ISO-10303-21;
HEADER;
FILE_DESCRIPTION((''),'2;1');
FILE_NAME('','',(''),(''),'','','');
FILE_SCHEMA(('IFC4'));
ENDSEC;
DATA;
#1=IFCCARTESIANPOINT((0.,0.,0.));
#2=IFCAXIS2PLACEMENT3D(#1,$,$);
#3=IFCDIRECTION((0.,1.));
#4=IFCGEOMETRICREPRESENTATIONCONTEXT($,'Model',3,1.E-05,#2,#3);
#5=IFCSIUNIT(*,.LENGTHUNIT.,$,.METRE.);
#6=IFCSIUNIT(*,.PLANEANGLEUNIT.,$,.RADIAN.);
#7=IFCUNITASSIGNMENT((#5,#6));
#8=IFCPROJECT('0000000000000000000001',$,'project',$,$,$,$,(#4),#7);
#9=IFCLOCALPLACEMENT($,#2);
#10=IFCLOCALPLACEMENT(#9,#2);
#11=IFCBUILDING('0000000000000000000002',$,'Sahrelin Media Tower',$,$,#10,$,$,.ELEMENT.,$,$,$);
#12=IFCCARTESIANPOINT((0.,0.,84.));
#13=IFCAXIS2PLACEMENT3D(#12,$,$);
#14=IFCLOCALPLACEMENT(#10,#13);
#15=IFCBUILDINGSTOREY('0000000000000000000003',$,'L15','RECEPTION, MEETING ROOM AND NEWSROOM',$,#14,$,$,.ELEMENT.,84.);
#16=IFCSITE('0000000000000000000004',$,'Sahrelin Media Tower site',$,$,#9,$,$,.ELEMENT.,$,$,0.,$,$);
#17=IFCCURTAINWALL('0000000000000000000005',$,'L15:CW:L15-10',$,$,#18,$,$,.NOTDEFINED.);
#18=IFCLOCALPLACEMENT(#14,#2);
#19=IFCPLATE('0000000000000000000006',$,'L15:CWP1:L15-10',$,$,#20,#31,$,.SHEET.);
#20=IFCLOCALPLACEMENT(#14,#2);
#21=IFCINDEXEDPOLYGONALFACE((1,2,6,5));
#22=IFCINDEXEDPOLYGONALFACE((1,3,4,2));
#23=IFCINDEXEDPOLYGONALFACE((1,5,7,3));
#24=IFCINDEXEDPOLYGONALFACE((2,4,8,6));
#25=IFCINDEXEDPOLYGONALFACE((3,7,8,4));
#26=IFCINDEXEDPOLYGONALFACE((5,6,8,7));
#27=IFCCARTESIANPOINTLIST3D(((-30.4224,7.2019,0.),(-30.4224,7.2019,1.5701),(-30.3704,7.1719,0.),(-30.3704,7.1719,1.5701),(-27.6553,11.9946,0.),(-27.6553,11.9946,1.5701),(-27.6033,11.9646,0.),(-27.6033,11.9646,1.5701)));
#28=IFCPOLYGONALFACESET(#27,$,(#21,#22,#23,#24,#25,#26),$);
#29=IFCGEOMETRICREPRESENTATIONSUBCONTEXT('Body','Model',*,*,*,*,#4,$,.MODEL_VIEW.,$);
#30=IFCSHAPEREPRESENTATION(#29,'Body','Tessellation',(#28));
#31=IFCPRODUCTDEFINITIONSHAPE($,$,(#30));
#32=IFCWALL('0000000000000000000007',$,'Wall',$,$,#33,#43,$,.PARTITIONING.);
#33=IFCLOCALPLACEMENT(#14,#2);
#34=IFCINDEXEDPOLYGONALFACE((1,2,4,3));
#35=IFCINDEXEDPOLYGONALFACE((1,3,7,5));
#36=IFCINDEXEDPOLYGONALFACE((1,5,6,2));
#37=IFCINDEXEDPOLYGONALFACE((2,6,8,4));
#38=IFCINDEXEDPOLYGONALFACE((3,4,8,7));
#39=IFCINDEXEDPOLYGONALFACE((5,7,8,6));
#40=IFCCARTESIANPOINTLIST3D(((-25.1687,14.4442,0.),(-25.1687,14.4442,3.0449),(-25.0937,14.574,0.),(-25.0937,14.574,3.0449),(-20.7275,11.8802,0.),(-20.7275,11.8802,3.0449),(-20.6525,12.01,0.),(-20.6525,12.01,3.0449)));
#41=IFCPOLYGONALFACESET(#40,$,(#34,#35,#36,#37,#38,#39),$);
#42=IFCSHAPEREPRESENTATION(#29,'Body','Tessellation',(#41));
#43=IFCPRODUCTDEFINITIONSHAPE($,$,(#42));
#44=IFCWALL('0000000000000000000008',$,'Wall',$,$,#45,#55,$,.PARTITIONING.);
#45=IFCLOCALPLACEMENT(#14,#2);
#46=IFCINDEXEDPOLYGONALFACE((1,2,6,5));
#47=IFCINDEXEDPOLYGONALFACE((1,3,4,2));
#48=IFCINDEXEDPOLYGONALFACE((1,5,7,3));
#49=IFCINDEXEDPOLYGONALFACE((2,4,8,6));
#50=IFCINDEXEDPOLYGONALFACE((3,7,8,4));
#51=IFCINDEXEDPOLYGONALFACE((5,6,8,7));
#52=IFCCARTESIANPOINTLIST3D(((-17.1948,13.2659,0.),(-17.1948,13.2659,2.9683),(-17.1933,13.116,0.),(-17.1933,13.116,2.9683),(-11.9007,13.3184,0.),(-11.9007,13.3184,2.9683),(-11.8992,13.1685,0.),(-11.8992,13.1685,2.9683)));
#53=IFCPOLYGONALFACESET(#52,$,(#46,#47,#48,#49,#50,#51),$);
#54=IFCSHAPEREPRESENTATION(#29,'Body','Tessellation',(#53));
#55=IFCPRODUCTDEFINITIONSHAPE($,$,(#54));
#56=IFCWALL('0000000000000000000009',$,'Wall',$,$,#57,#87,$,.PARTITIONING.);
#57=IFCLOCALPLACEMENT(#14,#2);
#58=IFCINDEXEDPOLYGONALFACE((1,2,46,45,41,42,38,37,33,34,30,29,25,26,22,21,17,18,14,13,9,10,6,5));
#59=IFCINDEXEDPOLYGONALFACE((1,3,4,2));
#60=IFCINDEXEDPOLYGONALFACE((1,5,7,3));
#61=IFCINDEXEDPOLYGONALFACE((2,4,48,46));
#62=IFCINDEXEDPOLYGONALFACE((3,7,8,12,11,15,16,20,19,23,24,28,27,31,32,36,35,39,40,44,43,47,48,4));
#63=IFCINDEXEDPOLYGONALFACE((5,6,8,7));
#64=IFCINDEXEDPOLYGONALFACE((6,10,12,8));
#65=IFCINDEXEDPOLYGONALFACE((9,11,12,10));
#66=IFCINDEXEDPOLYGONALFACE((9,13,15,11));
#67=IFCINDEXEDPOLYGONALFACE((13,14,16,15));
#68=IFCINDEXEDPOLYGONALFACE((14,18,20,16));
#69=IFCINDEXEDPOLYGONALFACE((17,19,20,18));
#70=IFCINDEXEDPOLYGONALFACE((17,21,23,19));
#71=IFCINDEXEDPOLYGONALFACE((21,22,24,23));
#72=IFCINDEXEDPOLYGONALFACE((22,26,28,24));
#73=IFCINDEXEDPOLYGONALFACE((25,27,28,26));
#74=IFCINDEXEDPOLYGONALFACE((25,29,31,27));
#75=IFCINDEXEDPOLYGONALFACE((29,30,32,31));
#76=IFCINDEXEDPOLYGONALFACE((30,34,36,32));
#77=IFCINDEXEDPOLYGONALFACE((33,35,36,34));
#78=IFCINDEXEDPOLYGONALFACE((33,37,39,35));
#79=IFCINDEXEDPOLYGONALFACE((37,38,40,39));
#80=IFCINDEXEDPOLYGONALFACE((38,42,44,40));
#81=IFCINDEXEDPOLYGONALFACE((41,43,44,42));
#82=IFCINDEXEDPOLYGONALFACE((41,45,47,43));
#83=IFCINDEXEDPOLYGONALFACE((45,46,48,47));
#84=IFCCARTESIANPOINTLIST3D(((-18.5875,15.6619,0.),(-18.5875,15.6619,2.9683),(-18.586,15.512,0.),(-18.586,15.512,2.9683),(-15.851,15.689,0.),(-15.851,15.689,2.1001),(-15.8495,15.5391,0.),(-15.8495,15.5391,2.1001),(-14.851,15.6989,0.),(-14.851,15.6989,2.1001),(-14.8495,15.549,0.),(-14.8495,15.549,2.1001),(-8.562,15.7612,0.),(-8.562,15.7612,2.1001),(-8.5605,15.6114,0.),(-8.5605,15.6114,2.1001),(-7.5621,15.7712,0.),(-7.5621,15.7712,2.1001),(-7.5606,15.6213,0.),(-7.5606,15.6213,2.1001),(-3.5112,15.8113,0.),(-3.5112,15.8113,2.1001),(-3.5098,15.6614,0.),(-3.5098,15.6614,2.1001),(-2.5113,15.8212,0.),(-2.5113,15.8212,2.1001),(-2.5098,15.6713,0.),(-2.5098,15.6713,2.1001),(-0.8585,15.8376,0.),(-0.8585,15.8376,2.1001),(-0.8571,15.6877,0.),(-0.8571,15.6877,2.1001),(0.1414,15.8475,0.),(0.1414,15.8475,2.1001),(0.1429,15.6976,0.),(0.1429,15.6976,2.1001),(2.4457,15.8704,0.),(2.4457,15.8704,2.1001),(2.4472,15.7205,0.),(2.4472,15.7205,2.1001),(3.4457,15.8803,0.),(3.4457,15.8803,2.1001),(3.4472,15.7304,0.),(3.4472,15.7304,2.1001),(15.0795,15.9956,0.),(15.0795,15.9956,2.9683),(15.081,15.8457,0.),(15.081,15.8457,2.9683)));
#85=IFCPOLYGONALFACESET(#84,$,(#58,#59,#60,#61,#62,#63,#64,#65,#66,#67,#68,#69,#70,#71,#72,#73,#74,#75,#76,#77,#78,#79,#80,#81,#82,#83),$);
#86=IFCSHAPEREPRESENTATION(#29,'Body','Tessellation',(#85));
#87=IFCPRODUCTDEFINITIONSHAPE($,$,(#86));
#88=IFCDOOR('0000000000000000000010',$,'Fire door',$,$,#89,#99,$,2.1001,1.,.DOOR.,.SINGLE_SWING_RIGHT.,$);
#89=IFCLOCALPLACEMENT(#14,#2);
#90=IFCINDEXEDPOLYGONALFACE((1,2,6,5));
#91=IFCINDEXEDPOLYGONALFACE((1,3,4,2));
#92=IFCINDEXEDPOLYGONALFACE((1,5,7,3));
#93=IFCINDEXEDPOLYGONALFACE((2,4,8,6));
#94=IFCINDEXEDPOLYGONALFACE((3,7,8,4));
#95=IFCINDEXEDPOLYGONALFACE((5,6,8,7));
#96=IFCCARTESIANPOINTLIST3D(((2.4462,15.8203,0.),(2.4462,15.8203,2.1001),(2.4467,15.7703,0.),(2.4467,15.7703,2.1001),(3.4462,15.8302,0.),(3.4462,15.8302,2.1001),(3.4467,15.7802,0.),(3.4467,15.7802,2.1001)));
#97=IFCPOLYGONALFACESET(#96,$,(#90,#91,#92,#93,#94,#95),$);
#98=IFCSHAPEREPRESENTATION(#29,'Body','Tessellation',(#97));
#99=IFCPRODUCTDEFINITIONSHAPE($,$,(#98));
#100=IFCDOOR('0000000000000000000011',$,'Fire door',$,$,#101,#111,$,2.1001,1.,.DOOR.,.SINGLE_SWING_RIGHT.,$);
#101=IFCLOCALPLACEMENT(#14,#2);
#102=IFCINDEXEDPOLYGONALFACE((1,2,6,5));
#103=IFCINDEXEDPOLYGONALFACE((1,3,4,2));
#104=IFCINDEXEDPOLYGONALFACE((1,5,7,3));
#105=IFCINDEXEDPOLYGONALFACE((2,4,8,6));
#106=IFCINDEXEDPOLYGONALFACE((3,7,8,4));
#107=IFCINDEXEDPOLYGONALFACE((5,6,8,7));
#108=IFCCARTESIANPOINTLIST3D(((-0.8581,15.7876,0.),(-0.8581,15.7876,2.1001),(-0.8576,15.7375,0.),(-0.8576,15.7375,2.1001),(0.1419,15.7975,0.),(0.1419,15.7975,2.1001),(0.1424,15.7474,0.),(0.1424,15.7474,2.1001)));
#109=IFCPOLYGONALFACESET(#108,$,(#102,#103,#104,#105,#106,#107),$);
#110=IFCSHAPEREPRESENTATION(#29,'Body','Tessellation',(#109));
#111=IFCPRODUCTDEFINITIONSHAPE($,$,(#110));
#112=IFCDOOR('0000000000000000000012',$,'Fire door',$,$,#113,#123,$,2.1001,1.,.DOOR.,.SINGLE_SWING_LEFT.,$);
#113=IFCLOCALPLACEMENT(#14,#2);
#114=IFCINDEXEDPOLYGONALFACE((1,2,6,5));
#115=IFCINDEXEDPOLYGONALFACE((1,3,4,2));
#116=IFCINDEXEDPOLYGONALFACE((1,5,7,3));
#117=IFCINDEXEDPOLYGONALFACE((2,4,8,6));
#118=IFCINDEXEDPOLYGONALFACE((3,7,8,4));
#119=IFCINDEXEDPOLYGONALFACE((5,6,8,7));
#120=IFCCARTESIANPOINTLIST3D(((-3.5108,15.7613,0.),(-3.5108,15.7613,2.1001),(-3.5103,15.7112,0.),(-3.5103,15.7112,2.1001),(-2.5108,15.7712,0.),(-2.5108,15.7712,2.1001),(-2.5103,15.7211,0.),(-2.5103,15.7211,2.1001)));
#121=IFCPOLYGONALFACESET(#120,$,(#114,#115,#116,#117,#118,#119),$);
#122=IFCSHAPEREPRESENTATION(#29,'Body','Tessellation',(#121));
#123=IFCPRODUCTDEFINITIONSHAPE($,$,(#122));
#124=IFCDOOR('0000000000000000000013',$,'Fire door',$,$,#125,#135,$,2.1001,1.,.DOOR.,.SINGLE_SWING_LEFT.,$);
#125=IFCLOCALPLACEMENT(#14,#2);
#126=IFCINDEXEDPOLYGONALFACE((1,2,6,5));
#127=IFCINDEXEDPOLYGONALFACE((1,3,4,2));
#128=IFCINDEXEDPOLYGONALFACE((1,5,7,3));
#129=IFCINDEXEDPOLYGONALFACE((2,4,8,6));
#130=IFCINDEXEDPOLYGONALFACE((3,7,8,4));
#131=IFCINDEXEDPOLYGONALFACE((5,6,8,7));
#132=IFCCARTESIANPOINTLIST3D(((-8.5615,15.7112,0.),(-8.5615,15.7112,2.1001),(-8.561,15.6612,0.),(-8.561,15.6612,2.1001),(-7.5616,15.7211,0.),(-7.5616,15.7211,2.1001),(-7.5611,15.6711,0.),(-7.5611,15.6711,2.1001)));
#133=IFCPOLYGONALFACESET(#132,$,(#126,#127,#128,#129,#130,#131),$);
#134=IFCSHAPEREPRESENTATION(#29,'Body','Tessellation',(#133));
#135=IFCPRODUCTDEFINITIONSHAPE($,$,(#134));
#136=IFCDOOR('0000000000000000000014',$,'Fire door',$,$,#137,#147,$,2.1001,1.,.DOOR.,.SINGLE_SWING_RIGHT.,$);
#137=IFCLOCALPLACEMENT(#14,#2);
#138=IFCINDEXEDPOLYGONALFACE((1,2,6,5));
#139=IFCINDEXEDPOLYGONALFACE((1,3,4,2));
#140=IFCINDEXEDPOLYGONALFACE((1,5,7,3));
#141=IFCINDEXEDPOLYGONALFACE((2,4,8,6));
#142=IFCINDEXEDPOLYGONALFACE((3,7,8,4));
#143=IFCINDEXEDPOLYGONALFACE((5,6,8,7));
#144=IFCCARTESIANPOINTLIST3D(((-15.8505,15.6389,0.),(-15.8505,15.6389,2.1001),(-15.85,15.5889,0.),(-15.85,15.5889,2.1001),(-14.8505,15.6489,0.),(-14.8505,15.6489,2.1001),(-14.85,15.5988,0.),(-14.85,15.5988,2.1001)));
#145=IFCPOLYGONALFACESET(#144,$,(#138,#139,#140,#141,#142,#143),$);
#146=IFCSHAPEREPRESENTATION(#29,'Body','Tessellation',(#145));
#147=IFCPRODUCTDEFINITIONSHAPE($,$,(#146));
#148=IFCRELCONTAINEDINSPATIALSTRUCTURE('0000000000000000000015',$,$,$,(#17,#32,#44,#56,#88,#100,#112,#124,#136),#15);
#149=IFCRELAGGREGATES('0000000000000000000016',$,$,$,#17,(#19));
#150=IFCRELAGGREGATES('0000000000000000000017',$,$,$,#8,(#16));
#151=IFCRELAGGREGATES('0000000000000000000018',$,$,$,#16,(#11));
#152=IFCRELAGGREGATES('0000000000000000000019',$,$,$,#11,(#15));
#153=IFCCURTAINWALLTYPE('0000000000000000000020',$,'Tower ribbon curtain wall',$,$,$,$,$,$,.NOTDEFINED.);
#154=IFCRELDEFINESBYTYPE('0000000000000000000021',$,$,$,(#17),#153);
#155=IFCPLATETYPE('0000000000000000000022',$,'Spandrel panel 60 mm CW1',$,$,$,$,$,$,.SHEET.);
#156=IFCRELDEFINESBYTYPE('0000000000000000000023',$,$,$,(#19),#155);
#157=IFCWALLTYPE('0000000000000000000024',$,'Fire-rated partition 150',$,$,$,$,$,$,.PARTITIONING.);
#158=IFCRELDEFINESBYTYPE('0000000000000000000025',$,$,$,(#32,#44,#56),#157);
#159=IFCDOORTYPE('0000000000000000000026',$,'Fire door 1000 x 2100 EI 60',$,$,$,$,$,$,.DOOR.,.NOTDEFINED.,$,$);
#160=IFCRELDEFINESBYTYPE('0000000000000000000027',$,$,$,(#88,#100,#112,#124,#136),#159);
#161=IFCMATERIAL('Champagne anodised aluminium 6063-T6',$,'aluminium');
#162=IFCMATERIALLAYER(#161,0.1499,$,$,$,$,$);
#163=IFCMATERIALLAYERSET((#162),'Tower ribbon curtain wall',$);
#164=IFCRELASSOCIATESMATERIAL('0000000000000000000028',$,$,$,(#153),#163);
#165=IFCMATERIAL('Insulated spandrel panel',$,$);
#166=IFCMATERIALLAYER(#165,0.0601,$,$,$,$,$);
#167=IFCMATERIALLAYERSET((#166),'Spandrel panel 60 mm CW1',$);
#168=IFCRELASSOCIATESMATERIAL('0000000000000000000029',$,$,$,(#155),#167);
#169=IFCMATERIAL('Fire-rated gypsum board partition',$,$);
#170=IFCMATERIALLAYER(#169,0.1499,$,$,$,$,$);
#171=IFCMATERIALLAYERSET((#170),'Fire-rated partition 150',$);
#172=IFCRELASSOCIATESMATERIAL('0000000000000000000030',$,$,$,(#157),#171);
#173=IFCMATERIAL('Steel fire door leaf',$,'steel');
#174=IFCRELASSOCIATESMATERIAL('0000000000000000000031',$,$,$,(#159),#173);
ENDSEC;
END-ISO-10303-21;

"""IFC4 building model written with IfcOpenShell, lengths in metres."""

from ifc_helpers import new_model, si_unit, direction, frame, frame_2d, origin, place, context, subcontext, project, spatial, polyline, rectangle, outline, extrude, material, layer, layer_set, type_object, element, fill, aggregate, save


model = new_model("IFC4")

# Units and contexts
model_context = context("Model", 3, precision=1e-05, world=origin(), true_north=direction((0.0, 1.0)))
body_context = subcontext(model_context, "Body", "Model", "MODEL_VIEW")
ifc_project = project(units=[si_unit("LENGTHUNIT", "METRE"), si_unit("PLANEANGLEUNIT", "RADIAN")], contexts=[model_context])

# Site, building, storey
site_placement = place(None, origin())
site = spatial("IfcSite", under=ifc_project, at=site_placement, Name="Sahrelin Media Tower site", CompositionType="ELEMENT", RefElevation=0.0)
building_placement = place(site_placement, origin())
building = spatial("IfcBuilding", under=site, at=building_placement, Name="Sahrelin Media Tower", CompositionType="ELEMENT")
storey_placement = place(building_placement, frame((0.0, 0.0, 84.0)))
storey = spatial("IfcBuildingStorey", under=building, at=storey_placement, Name="L15", Description="RECEPTION, MEETING ROOM AND NEWSROOM", CompositionType="ELEMENT", Elevation=84.0)

# Shared definitions
ifc_material_1 = material(Name="Champagne anodised aluminium 6063-T6", Category="aluminium")
ifc_layer_1 = layer(ifc_material_1, 0.1499)
ifc_layer_set_1 = layer_set([ifc_layer_1], Name="Tower ribbon curtain wall")
curtain_wall_type = type_object("IfcCurtainWallType", Name="Tower ribbon curtain wall", PredefinedType="NOTDEFINED", material=ifc_layer_set_1)

# Curtain wall
curtain_wall_1_placement = place(storey_placement, frame((-29.0215, 9.5884, 0.0), z_axis=(0.0, 0.0, 1.0), x_axis=(1.0, 0.0, 0.0)))
curtain_wall_1 = element("IfcCurtainWall", 1, at=curtain_wall_1_placement, inside=storey, type_object=curtain_wall_type, Name="L15:CW:L15-10", PredefinedType="NOTDEFINED")

# Plate
ifc_material_2 = material(Name="Insulated spandrel panel")
ifc_layer_2 = layer(ifc_material_2, 0.0601)
ifc_layer_set_2 = layer_set([ifc_layer_2], Name="Spandrel panel 60 mm CW1")
plate_type_1 = type_object("IfcPlateType", Name="Spandrel panel 60 mm CW1", PredefinedType="SHEET", material=ifc_layer_set_2)
plate_1_placement = place(storey_placement, frame((-27.6553, 11.9946, 0.0), z_axis=(-0.866025, 0.500001, 0.0), x_axis=(-0.500001, -0.866025, 0.0)))
plate_1 = element("IfcPlate", 2, at=plate_1_placement, type_object=plate_type_1, Name="L15:CWP1:L15-10", PredefinedType="SHEET", context=body_context, shape_type="SweptSolid", body=[
    extrude(outline(polyline([(0.0, 0.0), (5.5342, 0.0), (5.5342, 1.5701), (0.0, 1.5701), (0.0, 0.0)])), origin(), (0.0, 0.0, -1.0), 0.0601),
])
aggregate(curtain_wall_1, [plate_1])

# Walls
ifc_material_3 = material(Name="Fire-rated gypsum board partition")
ifc_layer_3 = layer(ifc_material_3, 0.1499)
ifc_layer_set_3 = layer_set([ifc_layer_3], Name="Fire-rated partition 150")
wall_type_1 = type_object("IfcWallType", Name="Fire-rated partition 150", PredefinedType="PARTITIONING", material=ifc_layer_set_3)
wall_1_placement = place(storey_placement, frame((-25.1311, 14.509, 0.0), z_axis=(0.0, 0.0, 1.0), x_axis=(0.866037, -0.499979, 0.0)))
element("IfcWall", 3, at=wall_1_placement, inside=storey, type_object=wall_type_1, Name="Wall", PredefinedType="PARTITIONING", context=body_context, shape_type="SweptSolid", body=[
    extrude(rectangle(XDim=5.1282, YDim=0.1499, at=frame_2d((2.564, 0.0))), origin(), (0.0, 0.0, 1.0), 3.0449),
])
wall_2_placement = place(storey_placement, frame((-17.1941, 13.1909, 0.0), z_axis=(0.0, 0.0, 1.0), x_axis=(0.999951, 0.009914, 0.0)))
element("IfcWall", 4, at=wall_2_placement, inside=storey, type_object=wall_type_1, Name="Wall", PredefinedType="PARTITIONING", context=body_context, shape_type="SweptSolid", body=[
    extrude(rectangle(XDim=5.2944, YDim=0.1499, at=frame_2d((2.6472, 0.0))), origin(), (0.0, 0.0, 1.0), 2.9683),
])

# Wall, openings, doors
wall_3_placement = place(storey_placement, frame((-18.5869, 15.5869, 0.0), z_axis=(0.0, 0.0, 1.0), x_axis=(0.999951, 0.009912, 0.0)))
wall_3 = element("IfcWall", 5, at=wall_3_placement, inside=storey, type_object=wall_type_1, Name="Wall", PredefinedType="PARTITIONING", context=body_context, shape_type="SweptSolid", body=[
    extrude(rectangle(XDim=33.6687, YDim=0.1499, at=frame_2d((16.8345, 0.0))), origin(), (0.0, 0.0, 1.0), 2.9683),
])
opening_1_placement = place(wall_3_placement, frame((21.0344, 0.0, 0.0)))
opening_1 = element("IfcOpeningElement", 6, at=opening_1_placement, cuts=wall_3, PredefinedType="OPENING", context=body_context, shape_type="SweptSolid", body=[
    extrude(rectangle(XDim=1.0, YDim=2.1001, at=frame_2d((0.5, 1.05))), frame((0.0, 0.075, 0.0), z_axis=(0.0, -1.0, 0.0), x_axis=(1.0, 0.0, 0.0)), (0.0, 0.0, 1.0), 0.1499),
])
opening_2_placement = place(wall_3_placement, frame((17.73, 0.0, 0.0)))
opening_2 = element("IfcOpeningElement", 7, at=opening_2_placement, cuts=wall_3, PredefinedType="OPENING", context=body_context, shape_type="SweptSolid", body=[
    extrude(rectangle(XDim=1.0, YDim=2.1001, at=frame_2d((0.5, 1.05))), frame((0.0, 0.075, 0.0), z_axis=(0.0, -1.0, 0.0), x_axis=(1.0, 0.0, 0.0)), (0.0, 0.0, 1.0), 0.1499),
])
opening_3_placement = place(wall_3_placement, frame((15.0771, 0.0, 0.0)))
opening_3 = element("IfcOpeningElement", 8, at=opening_3_placement, cuts=wall_3, PredefinedType="OPENING", context=body_context, shape_type="SweptSolid", body=[
    extrude(rectangle(XDim=1.0, YDim=2.1001, at=frame_2d((0.5, 1.05))), frame((0.0, 0.075, 0.0), z_axis=(0.0, -1.0, 0.0), x_axis=(1.0, 0.0, 0.0)), (0.0, 0.0, 1.0), 0.1499),
])
opening_4_placement = place(wall_3_placement, frame((10.0261, 0.0, 0.0)))
opening_4 = element("IfcOpeningElement", 9, at=opening_4_placement, cuts=wall_3, PredefinedType="OPENING", context=body_context, shape_type="SweptSolid", body=[
    extrude(rectangle(XDim=1.0, YDim=2.1001, at=frame_2d((0.5, 1.05))), frame((0.0, 0.075, 0.0), z_axis=(0.0, -1.0, 0.0), x_axis=(1.0, 0.0, 0.0)), (0.0, 0.0, 1.0), 0.1499),
])
opening_5_placement = place(wall_3_placement, frame((2.7368, 0.0, 0.0)))
opening_5 = element("IfcOpeningElement", 10, at=opening_5_placement, cuts=wall_3, PredefinedType="OPENING", context=body_context, shape_type="SweptSolid", body=[
    extrude(rectangle(XDim=1.0, YDim=2.1001, at=frame_2d((0.5, 1.05))), frame((0.0, 0.075, 0.0), z_axis=(0.0, -1.0, 0.0), x_axis=(1.0, 0.0, 0.0)), (0.0, 0.0, 1.0), 0.1499),
])
ifc_material_4 = material(Name="Steel fire door leaf", Category="steel")
door_type_1 = type_object("IfcDoorType", Name="Fire door 1000 x 2100 EI 60", OperationType="NOTDEFINED", PredefinedType="DOOR", material=ifc_material_4)
door_1_placement = place(opening_1_placement, origin())
door_1 = element("IfcDoor", 11, at=door_1_placement, inside=storey, type_object=door_type_1, Name="Fire door", OperationType="SINGLE_SWING_RIGHT", OverallHeight=2.1001, OverallWidth=1.0, PredefinedType="DOOR", context=body_context, shape_type="SweptSolid", body=[
    extrude(rectangle(XDim=1.0, YDim=2.1001, at=frame_2d((0.5, 1.05))), frame((0.0, 0.0249, 0.0), z_axis=(0.0, -1.0, 0.0), x_axis=(1.0, 0.0, 0.0)), (0.0, 0.0, 1.0), 0.05),
])
fill(opening_1, door_1)
door_2_placement = place(opening_2_placement, origin())
door_2 = element("IfcDoor", 12, at=door_2_placement, inside=storey, type_object=door_type_1, Name="Fire door", OperationType="SINGLE_SWING_RIGHT", OverallHeight=2.1001, OverallWidth=1.0, PredefinedType="DOOR", context=body_context, shape_type="SweptSolid", body=[
    extrude(rectangle(XDim=1.0, YDim=2.1001, at=frame_2d((0.5, 1.05))), frame((0.0, 0.0249, 0.0), z_axis=(0.0, -1.0, 0.0), x_axis=(1.0, 0.0, 0.0)), (0.0, 0.0, 1.0), 0.05),
])
fill(opening_2, door_2)
door_3_placement = place(opening_3_placement, origin())
door_3 = element("IfcDoor", 13, at=door_3_placement, inside=storey, type_object=door_type_1, Name="Fire door", OperationType="SINGLE_SWING_LEFT", OverallHeight=2.1001, OverallWidth=1.0, PredefinedType="DOOR", context=body_context, shape_type="SweptSolid", body=[
    extrude(rectangle(XDim=1.0, YDim=2.1001, at=frame_2d((0.5, 1.05))), frame((0.0, 0.0249, 0.0), z_axis=(0.0, -1.0, 0.0), x_axis=(1.0, 0.0, 0.0)), (0.0, 0.0, 1.0), 0.05),
])
fill(opening_3, door_3)
door_4_placement = place(opening_4_placement, origin())
door_4 = element("IfcDoor", 14, at=door_4_placement, inside=storey, type_object=door_type_1, Name="Fire door", OperationType="SINGLE_SWING_LEFT", OverallHeight=2.1001, OverallWidth=1.0, PredefinedType="DOOR", context=body_context, shape_type="SweptSolid", body=[
    extrude(rectangle(XDim=1.0, YDim=2.1001, at=frame_2d((0.5, 1.05))), frame((0.0, 0.0249, 0.0), z_axis=(0.0, -1.0, 0.0), x_axis=(1.0, 0.0, 0.0)), (0.0, 0.0, 1.0), 0.05),
])
fill(opening_4, door_4)
door_5_placement = place(opening_5_placement, origin())
door_5 = element("IfcDoor", 15, at=door_5_placement, inside=storey, type_object=door_type_1, Name="Fire door", OperationType="SINGLE_SWING_RIGHT", OverallHeight=2.1001, OverallWidth=1.0, PredefinedType="DOOR", context=body_context, shape_type="SweptSolid", body=[
    extrude(rectangle(XDim=1.0, YDim=2.1001, at=frame_2d((0.5, 1.05))), frame((0.0, 0.0249, 0.0), z_axis=(0.0, -1.0, 0.0), x_axis=(1.0, 0.0, 0.0)), (0.0, 0.0, 1.0), 0.05),
])
fill(opening_5, door_5)

save(model, "model.ifc")
